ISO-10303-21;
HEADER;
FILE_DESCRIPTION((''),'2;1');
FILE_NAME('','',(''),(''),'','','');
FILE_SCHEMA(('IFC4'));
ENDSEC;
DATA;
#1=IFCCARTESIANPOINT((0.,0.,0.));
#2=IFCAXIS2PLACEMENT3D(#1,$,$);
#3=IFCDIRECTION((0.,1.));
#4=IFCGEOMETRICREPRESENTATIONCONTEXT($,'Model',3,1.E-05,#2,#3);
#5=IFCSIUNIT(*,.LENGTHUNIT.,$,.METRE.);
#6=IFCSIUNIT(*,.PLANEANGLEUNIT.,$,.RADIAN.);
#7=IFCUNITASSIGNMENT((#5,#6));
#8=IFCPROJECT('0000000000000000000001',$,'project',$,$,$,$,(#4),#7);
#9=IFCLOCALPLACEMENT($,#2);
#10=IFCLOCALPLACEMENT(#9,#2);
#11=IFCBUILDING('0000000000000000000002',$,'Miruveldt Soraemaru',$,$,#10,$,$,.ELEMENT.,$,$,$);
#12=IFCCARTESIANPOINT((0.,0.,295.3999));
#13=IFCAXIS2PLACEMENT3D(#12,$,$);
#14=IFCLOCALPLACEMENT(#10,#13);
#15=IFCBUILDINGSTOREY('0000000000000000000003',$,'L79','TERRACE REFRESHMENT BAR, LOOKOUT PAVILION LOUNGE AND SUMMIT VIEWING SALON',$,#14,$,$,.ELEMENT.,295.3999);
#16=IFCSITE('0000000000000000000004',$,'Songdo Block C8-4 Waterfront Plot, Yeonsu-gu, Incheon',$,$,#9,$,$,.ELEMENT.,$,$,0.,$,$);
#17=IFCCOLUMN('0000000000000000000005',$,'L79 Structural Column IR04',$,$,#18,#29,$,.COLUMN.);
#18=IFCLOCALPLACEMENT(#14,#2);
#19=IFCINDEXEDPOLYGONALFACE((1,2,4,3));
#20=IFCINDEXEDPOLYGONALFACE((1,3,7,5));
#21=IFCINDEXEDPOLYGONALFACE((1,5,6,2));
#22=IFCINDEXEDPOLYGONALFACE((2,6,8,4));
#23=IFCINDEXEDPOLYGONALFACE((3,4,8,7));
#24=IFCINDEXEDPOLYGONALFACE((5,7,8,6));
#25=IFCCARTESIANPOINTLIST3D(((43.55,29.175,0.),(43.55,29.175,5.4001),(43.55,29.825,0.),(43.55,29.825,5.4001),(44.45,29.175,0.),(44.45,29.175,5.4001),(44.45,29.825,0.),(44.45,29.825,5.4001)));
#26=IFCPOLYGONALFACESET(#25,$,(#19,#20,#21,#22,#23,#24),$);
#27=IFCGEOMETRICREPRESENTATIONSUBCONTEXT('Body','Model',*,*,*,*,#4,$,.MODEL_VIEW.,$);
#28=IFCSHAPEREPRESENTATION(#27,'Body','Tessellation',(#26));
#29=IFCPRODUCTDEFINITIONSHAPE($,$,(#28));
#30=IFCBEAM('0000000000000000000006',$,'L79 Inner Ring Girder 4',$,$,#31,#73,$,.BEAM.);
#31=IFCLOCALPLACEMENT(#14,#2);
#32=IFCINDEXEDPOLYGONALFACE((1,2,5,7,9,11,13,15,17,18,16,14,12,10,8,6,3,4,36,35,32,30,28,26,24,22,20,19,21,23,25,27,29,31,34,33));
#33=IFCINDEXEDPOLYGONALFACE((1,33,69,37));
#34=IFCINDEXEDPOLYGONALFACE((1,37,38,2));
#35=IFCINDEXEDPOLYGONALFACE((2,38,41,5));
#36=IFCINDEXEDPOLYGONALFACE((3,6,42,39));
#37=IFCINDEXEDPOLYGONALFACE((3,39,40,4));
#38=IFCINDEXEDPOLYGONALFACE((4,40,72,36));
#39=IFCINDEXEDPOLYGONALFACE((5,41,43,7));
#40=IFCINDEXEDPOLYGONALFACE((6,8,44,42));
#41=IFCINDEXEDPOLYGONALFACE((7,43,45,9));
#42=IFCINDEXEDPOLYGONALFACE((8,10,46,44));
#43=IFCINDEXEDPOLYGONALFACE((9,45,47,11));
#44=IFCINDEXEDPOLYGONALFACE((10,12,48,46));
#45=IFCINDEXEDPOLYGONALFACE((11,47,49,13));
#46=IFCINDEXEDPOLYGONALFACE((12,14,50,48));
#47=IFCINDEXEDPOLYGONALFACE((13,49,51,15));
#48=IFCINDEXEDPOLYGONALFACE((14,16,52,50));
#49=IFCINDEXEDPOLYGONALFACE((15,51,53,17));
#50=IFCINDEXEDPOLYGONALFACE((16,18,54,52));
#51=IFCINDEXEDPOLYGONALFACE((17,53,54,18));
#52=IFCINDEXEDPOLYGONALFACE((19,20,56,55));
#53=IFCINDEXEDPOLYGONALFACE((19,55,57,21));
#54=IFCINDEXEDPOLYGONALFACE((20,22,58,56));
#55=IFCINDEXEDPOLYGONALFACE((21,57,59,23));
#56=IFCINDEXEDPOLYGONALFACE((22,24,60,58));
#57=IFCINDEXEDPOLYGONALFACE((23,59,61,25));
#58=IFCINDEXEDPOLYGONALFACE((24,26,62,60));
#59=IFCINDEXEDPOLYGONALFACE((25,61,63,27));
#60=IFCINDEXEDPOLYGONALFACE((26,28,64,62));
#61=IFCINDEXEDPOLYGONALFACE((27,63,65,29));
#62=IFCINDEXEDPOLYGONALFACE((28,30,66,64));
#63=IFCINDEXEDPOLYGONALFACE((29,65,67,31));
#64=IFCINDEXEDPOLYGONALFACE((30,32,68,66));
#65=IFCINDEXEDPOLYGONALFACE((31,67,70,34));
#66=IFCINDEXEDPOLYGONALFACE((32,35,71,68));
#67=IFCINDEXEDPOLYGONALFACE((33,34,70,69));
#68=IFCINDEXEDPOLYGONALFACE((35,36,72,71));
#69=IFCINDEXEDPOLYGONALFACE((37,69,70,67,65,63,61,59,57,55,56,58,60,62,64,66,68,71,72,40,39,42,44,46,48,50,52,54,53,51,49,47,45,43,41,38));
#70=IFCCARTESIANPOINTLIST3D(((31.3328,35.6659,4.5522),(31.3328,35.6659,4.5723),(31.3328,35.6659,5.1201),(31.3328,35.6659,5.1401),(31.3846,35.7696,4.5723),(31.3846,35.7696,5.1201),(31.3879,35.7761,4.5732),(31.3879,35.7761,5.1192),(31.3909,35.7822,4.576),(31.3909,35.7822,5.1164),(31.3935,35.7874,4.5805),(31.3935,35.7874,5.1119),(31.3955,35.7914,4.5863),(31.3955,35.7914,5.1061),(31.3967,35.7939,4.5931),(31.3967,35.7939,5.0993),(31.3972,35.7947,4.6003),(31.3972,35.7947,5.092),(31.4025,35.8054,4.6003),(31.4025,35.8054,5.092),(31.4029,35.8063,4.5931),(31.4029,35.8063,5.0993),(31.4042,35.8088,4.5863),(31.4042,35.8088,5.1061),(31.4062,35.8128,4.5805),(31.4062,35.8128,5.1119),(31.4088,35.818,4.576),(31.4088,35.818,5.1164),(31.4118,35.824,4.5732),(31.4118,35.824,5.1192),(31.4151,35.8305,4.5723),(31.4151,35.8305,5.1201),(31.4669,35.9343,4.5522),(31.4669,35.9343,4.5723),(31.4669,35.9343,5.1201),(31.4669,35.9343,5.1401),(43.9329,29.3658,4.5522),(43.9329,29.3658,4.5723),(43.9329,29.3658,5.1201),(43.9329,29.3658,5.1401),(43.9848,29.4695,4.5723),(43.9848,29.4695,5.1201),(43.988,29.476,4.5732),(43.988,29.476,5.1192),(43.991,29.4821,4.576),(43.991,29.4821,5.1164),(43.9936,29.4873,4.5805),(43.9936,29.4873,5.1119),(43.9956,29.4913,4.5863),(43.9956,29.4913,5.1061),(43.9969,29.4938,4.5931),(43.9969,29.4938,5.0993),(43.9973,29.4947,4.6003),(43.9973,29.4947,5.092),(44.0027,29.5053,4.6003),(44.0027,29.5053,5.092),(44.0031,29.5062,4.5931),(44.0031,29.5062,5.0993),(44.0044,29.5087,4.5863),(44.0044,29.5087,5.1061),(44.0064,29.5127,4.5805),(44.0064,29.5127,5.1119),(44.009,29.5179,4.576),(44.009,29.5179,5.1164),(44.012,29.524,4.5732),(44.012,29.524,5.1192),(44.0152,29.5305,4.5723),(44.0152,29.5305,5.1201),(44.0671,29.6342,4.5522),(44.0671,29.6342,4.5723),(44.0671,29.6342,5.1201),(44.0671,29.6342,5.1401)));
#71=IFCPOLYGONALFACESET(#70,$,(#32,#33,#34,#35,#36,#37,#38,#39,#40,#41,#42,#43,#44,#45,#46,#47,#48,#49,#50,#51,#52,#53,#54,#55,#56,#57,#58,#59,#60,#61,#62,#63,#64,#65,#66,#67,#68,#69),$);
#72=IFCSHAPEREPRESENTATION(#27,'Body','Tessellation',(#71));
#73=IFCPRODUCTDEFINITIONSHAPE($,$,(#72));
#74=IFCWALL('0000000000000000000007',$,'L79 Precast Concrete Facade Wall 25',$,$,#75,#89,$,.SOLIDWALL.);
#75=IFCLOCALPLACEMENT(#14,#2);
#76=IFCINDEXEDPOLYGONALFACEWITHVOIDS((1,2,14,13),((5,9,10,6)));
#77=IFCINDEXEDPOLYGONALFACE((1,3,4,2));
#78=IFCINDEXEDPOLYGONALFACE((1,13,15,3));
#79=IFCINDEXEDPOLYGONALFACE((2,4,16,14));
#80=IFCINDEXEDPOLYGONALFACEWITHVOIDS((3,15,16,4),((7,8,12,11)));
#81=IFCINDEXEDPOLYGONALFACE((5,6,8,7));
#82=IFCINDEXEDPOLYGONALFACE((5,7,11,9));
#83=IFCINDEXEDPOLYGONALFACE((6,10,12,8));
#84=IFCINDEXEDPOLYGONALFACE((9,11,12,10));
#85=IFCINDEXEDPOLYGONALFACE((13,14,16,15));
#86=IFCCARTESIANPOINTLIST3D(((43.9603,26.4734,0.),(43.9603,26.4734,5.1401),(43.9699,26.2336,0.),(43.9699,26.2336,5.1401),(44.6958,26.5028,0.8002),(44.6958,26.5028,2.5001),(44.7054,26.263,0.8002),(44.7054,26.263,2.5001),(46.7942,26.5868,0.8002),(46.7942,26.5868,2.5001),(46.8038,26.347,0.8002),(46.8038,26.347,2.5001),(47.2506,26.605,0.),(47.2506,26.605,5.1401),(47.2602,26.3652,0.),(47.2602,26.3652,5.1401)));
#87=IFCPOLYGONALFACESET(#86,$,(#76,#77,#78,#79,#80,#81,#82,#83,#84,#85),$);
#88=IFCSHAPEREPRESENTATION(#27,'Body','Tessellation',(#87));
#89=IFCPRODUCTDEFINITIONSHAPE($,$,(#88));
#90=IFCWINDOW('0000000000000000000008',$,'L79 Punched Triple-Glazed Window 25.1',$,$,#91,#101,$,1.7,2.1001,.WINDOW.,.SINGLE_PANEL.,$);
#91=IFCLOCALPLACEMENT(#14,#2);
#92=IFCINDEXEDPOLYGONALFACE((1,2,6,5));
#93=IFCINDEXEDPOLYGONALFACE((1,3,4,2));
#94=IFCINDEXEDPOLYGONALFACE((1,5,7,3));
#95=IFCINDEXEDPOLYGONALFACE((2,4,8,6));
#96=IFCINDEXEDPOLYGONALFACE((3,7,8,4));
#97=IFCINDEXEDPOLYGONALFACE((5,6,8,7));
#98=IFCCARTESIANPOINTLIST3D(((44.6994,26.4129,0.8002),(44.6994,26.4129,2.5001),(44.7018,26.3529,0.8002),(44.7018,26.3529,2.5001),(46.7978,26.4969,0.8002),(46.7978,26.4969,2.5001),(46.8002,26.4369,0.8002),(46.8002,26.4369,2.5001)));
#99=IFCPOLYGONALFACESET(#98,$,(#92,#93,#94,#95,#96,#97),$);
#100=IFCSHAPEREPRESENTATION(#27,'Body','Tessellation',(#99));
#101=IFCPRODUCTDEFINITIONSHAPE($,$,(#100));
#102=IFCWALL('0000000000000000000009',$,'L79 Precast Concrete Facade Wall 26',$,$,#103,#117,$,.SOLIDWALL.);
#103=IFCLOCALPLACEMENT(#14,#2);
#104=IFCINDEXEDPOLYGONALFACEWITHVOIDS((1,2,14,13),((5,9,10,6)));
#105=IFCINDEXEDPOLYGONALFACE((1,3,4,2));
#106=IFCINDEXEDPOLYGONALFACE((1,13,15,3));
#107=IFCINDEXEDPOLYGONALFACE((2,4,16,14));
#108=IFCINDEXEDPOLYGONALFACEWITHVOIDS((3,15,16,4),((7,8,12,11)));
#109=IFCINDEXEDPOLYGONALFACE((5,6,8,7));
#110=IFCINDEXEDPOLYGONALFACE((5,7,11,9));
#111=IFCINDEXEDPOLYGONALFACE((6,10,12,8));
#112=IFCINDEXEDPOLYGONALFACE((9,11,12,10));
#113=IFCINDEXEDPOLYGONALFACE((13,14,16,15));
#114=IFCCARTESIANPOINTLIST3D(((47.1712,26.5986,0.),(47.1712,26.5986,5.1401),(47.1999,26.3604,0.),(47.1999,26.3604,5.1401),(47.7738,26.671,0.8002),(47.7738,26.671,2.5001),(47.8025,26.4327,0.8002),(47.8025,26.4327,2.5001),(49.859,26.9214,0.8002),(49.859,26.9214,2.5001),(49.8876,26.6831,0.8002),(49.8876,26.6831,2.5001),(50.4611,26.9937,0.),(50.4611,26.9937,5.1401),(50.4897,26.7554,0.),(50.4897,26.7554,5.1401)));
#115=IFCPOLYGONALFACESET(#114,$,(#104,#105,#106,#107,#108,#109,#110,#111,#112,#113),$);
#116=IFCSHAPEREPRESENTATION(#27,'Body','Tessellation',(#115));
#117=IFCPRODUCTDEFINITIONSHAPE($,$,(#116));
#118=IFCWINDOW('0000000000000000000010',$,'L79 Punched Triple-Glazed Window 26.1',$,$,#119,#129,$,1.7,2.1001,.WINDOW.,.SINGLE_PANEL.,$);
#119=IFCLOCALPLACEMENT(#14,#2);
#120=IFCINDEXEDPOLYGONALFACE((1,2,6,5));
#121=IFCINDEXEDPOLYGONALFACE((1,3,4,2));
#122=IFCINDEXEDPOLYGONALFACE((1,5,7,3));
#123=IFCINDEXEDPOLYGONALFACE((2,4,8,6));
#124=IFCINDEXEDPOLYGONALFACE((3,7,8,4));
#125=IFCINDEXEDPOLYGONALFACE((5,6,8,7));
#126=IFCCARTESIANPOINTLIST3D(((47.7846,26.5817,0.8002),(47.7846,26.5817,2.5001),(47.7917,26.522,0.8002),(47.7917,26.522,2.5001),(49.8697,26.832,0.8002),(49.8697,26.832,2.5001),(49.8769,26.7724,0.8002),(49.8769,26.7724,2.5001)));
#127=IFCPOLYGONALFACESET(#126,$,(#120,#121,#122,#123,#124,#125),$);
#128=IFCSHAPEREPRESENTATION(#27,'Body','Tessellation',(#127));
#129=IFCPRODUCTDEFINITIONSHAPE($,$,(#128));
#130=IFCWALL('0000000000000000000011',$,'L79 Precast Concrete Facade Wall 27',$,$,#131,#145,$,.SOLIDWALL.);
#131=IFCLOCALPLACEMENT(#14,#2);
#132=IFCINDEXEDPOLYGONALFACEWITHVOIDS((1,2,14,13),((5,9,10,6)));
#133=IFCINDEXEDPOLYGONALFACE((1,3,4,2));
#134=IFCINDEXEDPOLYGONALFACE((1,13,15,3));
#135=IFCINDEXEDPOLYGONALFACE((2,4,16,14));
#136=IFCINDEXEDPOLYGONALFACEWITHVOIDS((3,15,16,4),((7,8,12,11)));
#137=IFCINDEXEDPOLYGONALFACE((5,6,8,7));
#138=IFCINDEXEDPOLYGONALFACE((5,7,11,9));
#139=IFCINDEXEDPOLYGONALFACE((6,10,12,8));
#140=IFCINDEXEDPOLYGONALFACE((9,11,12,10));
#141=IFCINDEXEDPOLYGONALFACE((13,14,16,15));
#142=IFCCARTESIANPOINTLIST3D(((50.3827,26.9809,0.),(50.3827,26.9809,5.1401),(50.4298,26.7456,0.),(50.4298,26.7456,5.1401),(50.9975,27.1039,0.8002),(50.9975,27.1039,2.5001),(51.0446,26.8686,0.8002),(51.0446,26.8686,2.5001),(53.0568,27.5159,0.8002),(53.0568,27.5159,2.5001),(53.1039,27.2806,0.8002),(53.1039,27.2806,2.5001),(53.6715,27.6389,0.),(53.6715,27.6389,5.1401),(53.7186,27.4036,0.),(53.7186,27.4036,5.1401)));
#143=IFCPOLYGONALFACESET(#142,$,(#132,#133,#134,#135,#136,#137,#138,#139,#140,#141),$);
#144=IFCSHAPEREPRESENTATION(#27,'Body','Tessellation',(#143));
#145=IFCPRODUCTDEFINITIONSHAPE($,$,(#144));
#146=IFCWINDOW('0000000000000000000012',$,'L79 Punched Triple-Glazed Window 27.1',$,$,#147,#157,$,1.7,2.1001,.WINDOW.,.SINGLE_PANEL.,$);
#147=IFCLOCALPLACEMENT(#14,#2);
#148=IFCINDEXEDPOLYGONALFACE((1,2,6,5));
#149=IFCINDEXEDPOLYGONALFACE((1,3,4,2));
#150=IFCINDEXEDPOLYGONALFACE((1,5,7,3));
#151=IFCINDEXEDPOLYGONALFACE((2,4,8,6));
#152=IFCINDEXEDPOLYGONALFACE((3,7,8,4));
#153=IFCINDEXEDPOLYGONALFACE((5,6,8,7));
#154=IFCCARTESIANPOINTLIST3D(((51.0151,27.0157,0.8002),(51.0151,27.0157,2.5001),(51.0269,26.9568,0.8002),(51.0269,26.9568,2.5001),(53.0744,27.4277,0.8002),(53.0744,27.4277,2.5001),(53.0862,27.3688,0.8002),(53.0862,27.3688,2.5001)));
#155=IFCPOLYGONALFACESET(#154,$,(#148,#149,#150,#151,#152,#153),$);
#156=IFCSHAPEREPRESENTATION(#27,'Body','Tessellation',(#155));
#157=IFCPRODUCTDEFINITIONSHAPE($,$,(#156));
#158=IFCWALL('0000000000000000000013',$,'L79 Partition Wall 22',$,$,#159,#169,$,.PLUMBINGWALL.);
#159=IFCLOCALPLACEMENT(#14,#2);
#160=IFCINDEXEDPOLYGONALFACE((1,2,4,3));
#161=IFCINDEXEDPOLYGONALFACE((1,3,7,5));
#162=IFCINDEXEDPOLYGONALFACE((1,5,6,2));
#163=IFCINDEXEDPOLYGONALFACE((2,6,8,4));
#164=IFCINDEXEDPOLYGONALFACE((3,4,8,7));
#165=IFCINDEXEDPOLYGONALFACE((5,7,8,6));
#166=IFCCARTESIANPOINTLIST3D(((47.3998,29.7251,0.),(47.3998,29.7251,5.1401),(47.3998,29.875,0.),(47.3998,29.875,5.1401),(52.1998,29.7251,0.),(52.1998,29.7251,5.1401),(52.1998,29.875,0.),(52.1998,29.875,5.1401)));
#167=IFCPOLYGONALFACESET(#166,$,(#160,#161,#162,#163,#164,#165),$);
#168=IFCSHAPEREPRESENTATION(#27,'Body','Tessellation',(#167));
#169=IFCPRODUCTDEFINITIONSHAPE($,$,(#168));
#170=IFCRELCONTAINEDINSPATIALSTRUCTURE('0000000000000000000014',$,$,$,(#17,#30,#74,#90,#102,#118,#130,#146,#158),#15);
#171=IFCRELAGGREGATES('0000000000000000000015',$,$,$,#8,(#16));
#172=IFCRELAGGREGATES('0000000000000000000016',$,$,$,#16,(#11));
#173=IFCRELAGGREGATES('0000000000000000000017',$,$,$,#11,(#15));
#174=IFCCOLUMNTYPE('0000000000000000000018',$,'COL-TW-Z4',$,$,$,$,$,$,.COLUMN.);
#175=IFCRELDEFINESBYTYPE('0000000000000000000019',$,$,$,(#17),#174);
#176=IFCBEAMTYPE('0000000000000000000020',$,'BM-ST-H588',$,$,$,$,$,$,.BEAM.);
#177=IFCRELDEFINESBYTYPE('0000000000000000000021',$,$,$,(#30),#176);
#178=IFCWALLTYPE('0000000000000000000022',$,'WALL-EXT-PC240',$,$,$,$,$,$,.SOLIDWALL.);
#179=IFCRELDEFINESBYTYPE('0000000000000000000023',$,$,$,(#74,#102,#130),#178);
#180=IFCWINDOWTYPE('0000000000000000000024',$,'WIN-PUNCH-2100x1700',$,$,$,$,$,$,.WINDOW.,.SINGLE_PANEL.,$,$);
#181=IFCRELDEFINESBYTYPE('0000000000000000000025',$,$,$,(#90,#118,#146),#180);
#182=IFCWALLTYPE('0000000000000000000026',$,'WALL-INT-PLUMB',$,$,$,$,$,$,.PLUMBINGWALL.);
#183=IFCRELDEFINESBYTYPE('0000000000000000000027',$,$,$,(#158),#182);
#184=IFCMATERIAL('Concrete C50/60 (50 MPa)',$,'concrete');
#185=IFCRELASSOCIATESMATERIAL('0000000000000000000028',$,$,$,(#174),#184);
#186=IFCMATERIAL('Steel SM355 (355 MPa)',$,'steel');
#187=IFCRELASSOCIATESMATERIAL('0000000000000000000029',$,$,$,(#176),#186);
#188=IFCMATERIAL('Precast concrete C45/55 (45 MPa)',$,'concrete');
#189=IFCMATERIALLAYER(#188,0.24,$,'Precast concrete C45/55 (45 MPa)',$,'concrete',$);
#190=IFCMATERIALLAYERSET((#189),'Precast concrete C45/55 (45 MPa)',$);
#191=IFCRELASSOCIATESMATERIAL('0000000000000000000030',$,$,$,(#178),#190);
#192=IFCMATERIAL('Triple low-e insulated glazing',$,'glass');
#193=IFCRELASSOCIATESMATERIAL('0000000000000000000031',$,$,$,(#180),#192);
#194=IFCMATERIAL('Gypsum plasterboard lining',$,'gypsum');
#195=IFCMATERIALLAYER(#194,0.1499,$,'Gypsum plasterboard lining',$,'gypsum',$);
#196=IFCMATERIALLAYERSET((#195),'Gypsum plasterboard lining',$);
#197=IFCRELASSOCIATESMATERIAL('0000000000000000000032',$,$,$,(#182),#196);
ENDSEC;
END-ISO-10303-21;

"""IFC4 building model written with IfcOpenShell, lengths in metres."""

from ifc_helpers import new_model, si_unit, direction, frame, frame_2d, origin, origin_2d, place, context, subcontext, project, spatial, rectangle, i_section, extrude, material, layer, layer_set, material_profile, profile_set, type_object, element, fill, save


model = new_model("IFC4")

# Units and contexts
model_context = context("Model", 3, precision=1e-05, world=origin(), true_north=direction((0.0, 1.0)))
body_context = subcontext(model_context, "Body", "Model", "MODEL_VIEW")
ifc_project = project(units=[si_unit("LENGTHUNIT", "METRE"), si_unit("PLANEANGLEUNIT", "RADIAN")], contexts=[model_context])

# Site, building, storey
site_placement = place(None, origin())
site = spatial("IfcSite", under=ifc_project, at=site_placement, Name="Songdo Block C8-4 Waterfront Plot, Yeonsu-gu, Incheon", CompositionType="ELEMENT", RefElevation=0.0)
building_placement = place(site_placement, origin())
building = spatial("IfcBuilding", under=site, at=building_placement, Name="Miruveldt Soraemaru", CompositionType="ELEMENT")
storey_placement = place(building_placement, frame((0.0, 0.0, 295.3999)))
storey = spatial("IfcBuildingStorey", under=building, at=storey_placement, Name="L79", Description="TERRACE REFRESHMENT BAR, LOOKOUT PAVILION LOUNGE AND SUMMIT VIEWING SALON", CompositionType="ELEMENT", Elevation=295.3999)

# Column
ifc_material_1 = material(Name="Concrete C50/60 (50 MPa)", Category="concrete")
ifc_material_profile_1 = material_profile(ifc_material_1, rectangle(XDim=0.8999, YDim=0.6499, at=origin_2d()), Name="Concrete C50/60 (50 MPa)", Category="concrete")
ifc_profile_set_1 = profile_set([ifc_material_profile_1], Name="Concrete C50/60 (50 MPa)")
column_type = type_object("IfcColumnType", Name="COL-TW-Z4", PredefinedType="COLUMN", material=ifc_profile_set_1)
column_placement = place(storey_placement, frame((44.0, 29.5, 0.0), z_axis=(0.0, 0.0, 1.0), x_axis=(1.0, 0.0, 0.0)))
element("IfcColumn", 1, at=column_placement, inside=storey, type_object=column_type, Name="L79 Structural Column IR04", PredefinedType="COLUMN", context=body_context, shape_type="SweptSolid", body=[
    extrude(rectangle(XDim=0.8999, YDim=0.6499, at=origin_2d()), origin(), (0.0, 0.0, 1.0), 5.4001),
])

# Beam
ifc_material_2 = material(Name="Steel SM355 (355 MPa)", Category="steel")
ifc_material_profile_2 = material_profile(ifc_material_2, i_section(OverallWidth=0.3, OverallDepth=0.5879, WebThickness=0.012, FlangeThickness=0.02, FilletRadius=0.0281, at=origin_2d()), Name="Steel SM355 (355 MPa)", Category="steel")
ifc_profile_set_2 = profile_set([ifc_material_profile_2], Name="Steel SM355 (355 MPa)")
beam_type = type_object("IfcBeamType", Name="BM-ST-H588", PredefinedType="BEAM", material=ifc_profile_set_2)
beam_placement = place(storey_placement, frame((44.0, 29.5, 4.8462), z_axis=(-0.894427, 0.447214, 0.0), x_axis=(-0.447214, -0.894427, 0.0)))
element("IfcBeam", 2, at=beam_placement, inside=storey, type_object=beam_type, Name="L79 Inner Ring Girder 4", PredefinedType="BEAM", context=body_context, shape_type="SweptSolid", body=[
    extrude(i_section(OverallWidth=0.3, OverallDepth=0.5879, WebThickness=0.012, FlangeThickness=0.02, FilletRadius=0.0281, at=origin_2d()), origin(), (0.0, 0.0, 1.0), 14.0874),
])

# Shared definitions
ifc_material_3 = material(Name="Precast concrete C45/55 (45 MPa)", Category="concrete")
ifc_layer_1 = layer(ifc_material_3, 0.24, Name="Precast concrete C45/55 (45 MPa)", Category="concrete")
ifc_layer_set_1 = layer_set([ifc_layer_1], Name="Precast concrete C45/55 (45 MPa)")
wall_type_1 = type_object("IfcWallType", Name="WALL-EXT-PC240", PredefinedType="SOLIDWALL", material=ifc_layer_set_1)

# Walls, openings, windows
wall_1_placement = place(storey_placement, frame((43.9651, 26.3535, 0.0), z_axis=(0.0, 0.0, 1.0), x_axis=(0.999201, 0.039962, 0.0)))
wall_1 = element("IfcWall", 3, at=wall_1_placement, inside=storey, type_object=wall_type_1, Name="L79 Precast Concrete Facade Wall 25", PredefinedType="SOLIDWALL", context=body_context, shape_type="SweptSolid", body=[
    extrude(rectangle(XDim=3.293, YDim=0.24, at=frame_2d((1.6465, 0.0))), origin(), (0.0, 0.0, 1.0), 5.1401),
])
opening_1_placement = place(wall_1_placement, frame((0.7361, 0.0, 0.8)))
opening_1 = element("IfcOpeningElement", 4, at=opening_1_placement, cuts=wall_1, PredefinedType="OPENING", context=body_context, shape_type="SweptSolid", body=[
    extrude(rectangle(XDim=2.1001, YDim=1.7, at=frame_2d((1.05, 0.8501))), frame((0.0, 0.1299, 0.0), z_axis=(0.0, -1.0, 0.0), x_axis=(1.0, 0.0, 0.0)), (0.0, 0.0, 1.0), 0.26),
])
ifc_material_4 = material(Name="Triple low-e insulated glazing", Category="glass")
window_type = type_object("IfcWindowType", Name="WIN-PUNCH-2100x1700", PartitioningType="SINGLE_PANEL", PredefinedType="WINDOW", material=ifc_material_4)
window_1_placement = place(opening_1_placement, origin())
window_1 = element("IfcWindow", 5, at=window_1_placement, inside=storey, type_object=window_type, Name="L79 Punched Triple-Glazed Window 25.1", OverallHeight=1.7, OverallWidth=2.1001, PartitioningType="SINGLE_PANEL", PredefinedType="WINDOW", context=body_context, shape_type="SweptSolid", body=[
    extrude(rectangle(XDim=2.1001, YDim=1.7, at=frame_2d((1.05, 0.8501))), frame((0.0, 0.03, 0.0), z_axis=(0.0, -1.0, 0.0), x_axis=(1.0, 0.0, 0.0)), (0.0, 0.0, 1.0), 0.0601),
])
fill(opening_1, window_1)
wall_2_placement = place(storey_placement, frame((47.1855, 26.4795, 0.0), z_axis=(0.0, 0.0, 1.0), x_axis=(0.992868, 0.119218, 0.0)))
wall_2 = element("IfcWall", 6, at=wall_2_placement, inside=storey, type_object=wall_type_1, Name="L79 Precast Concrete Facade Wall 26", PredefinedType="SOLIDWALL", context=body_context, shape_type="SweptSolid", body=[
    extrude(rectangle(XDim=3.3135, YDim=0.24, at=frame_2d((1.6567, 0.0))), origin(), (0.0, 0.0, 1.0), 5.1401),
])
opening_2_placement = place(wall_2_placement, frame((0.6069, 0.0, 0.8)))
opening_2 = element("IfcOpeningElement", 7, at=opening_2_placement, cuts=wall_2, PredefinedType="OPENING", context=body_context, shape_type="SweptSolid", body=[
    extrude(rectangle(XDim=2.1001, YDim=1.7, at=frame_2d((1.05, 0.8501))), frame((0.0, 0.1299, 0.0), z_axis=(0.0, -1.0, 0.0), x_axis=(1.0, 0.0, 0.0)), (0.0, 0.0, 1.0), 0.26),
])
window_2_placement = place(opening_2_placement, origin())
window_2 = element("IfcWindow", 8, at=window_2_placement, inside=storey, type_object=window_type, Name="L79 Punched Triple-Glazed Window 26.1", OverallHeight=1.7, OverallWidth=2.1001, PartitioningType="SINGLE_PANEL", PredefinedType="WINDOW", context=body_context, shape_type="SweptSolid", body=[
    extrude(rectangle(XDim=2.1001, YDim=1.7, at=frame_2d((1.05, 0.8501))), frame((0.0, 0.03, 0.0), z_axis=(0.0, -1.0, 0.0), x_axis=(1.0, 0.0, 0.0)), (0.0, 0.0, 1.0), 0.0601),
])
fill(opening_2, window_2)
wall_3_placement = place(storey_placement, frame((50.4062, 26.8633, 0.0), z_axis=(0.0, 0.0, 1.0), x_axis=(0.980569, 0.196172, 0.0)))
wall_3 = element("IfcWall", 9, at=wall_3_placement, inside=storey, type_object=wall_type_1, Name="L79 Precast Concrete Facade Wall 27", PredefinedType="SOLIDWALL", context=body_context, shape_type="SweptSolid", body=[
    extrude(rectangle(XDim=3.354, YDim=0.24, at=frame_2d((1.677, 0.0))), origin(), (0.0, 0.0, 1.0), 5.1401),
])
opening_3_placement = place(wall_3_placement, frame((0.627, 0.0, 0.8)))
opening_3 = element("IfcOpeningElement", 10, at=opening_3_placement, cuts=wall_3, PredefinedType="OPENING", context=body_context, shape_type="SweptSolid", body=[
    extrude(rectangle(XDim=2.1001, YDim=1.7, at=frame_2d((1.05, 0.8501))), frame((0.0, 0.1299, 0.0), z_axis=(0.0, -1.0, 0.0), x_axis=(1.0, 0.0, 0.0)), (0.0, 0.0, 1.0), 0.26),
])
window_3_placement = place(opening_3_placement, origin())
window_3 = element("IfcWindow", 11, at=window_3_placement, inside=storey, type_object=window_type, Name="L79 Punched Triple-Glazed Window 27.1", OverallHeight=1.7, OverallWidth=2.1001, PartitioningType="SINGLE_PANEL", PredefinedType="WINDOW", context=body_context, shape_type="SweptSolid", body=[
    extrude(rectangle(XDim=2.1001, YDim=1.7, at=frame_2d((1.05, 0.8501))), frame((0.0, 0.03, 0.0), z_axis=(0.0, -1.0, 0.0), x_axis=(1.0, 0.0, 0.0)), (0.0, 0.0, 1.0), 0.0601),
])
fill(opening_3, window_3)

# Wall
ifc_material_5 = material(Name="Gypsum plasterboard lining", Category="gypsum")
ifc_layer_2 = layer(ifc_material_5, 0.1499, Name="Gypsum plasterboard lining", Category="gypsum")
ifc_layer_set_2 = layer_set([ifc_layer_2], Name="Gypsum plasterboard lining")
wall_type_2 = type_object("IfcWallType", Name="WALL-INT-PLUMB", PredefinedType="PLUMBINGWALL", material=ifc_layer_set_2)
wall_4_placement = place(storey_placement, frame((47.3999, 29.8, 0.0), z_axis=(0.0, 0.0, 1.0), x_axis=(1.0, 0.0, 0.0)))
element("IfcWall", 12, at=wall_4_placement, inside=storey, type_object=wall_type_2, Name="L79 Partition Wall 22", PredefinedType="PLUMBINGWALL", context=body_context, shape_type="SweptSolid", body=[
    extrude(rectangle(XDim=4.8, YDim=0.1499, at=frame_2d((2.3999, 0.0))), origin(), (0.0, 0.0, 1.0), 5.1401),
])

save(model, "model.ifc")
